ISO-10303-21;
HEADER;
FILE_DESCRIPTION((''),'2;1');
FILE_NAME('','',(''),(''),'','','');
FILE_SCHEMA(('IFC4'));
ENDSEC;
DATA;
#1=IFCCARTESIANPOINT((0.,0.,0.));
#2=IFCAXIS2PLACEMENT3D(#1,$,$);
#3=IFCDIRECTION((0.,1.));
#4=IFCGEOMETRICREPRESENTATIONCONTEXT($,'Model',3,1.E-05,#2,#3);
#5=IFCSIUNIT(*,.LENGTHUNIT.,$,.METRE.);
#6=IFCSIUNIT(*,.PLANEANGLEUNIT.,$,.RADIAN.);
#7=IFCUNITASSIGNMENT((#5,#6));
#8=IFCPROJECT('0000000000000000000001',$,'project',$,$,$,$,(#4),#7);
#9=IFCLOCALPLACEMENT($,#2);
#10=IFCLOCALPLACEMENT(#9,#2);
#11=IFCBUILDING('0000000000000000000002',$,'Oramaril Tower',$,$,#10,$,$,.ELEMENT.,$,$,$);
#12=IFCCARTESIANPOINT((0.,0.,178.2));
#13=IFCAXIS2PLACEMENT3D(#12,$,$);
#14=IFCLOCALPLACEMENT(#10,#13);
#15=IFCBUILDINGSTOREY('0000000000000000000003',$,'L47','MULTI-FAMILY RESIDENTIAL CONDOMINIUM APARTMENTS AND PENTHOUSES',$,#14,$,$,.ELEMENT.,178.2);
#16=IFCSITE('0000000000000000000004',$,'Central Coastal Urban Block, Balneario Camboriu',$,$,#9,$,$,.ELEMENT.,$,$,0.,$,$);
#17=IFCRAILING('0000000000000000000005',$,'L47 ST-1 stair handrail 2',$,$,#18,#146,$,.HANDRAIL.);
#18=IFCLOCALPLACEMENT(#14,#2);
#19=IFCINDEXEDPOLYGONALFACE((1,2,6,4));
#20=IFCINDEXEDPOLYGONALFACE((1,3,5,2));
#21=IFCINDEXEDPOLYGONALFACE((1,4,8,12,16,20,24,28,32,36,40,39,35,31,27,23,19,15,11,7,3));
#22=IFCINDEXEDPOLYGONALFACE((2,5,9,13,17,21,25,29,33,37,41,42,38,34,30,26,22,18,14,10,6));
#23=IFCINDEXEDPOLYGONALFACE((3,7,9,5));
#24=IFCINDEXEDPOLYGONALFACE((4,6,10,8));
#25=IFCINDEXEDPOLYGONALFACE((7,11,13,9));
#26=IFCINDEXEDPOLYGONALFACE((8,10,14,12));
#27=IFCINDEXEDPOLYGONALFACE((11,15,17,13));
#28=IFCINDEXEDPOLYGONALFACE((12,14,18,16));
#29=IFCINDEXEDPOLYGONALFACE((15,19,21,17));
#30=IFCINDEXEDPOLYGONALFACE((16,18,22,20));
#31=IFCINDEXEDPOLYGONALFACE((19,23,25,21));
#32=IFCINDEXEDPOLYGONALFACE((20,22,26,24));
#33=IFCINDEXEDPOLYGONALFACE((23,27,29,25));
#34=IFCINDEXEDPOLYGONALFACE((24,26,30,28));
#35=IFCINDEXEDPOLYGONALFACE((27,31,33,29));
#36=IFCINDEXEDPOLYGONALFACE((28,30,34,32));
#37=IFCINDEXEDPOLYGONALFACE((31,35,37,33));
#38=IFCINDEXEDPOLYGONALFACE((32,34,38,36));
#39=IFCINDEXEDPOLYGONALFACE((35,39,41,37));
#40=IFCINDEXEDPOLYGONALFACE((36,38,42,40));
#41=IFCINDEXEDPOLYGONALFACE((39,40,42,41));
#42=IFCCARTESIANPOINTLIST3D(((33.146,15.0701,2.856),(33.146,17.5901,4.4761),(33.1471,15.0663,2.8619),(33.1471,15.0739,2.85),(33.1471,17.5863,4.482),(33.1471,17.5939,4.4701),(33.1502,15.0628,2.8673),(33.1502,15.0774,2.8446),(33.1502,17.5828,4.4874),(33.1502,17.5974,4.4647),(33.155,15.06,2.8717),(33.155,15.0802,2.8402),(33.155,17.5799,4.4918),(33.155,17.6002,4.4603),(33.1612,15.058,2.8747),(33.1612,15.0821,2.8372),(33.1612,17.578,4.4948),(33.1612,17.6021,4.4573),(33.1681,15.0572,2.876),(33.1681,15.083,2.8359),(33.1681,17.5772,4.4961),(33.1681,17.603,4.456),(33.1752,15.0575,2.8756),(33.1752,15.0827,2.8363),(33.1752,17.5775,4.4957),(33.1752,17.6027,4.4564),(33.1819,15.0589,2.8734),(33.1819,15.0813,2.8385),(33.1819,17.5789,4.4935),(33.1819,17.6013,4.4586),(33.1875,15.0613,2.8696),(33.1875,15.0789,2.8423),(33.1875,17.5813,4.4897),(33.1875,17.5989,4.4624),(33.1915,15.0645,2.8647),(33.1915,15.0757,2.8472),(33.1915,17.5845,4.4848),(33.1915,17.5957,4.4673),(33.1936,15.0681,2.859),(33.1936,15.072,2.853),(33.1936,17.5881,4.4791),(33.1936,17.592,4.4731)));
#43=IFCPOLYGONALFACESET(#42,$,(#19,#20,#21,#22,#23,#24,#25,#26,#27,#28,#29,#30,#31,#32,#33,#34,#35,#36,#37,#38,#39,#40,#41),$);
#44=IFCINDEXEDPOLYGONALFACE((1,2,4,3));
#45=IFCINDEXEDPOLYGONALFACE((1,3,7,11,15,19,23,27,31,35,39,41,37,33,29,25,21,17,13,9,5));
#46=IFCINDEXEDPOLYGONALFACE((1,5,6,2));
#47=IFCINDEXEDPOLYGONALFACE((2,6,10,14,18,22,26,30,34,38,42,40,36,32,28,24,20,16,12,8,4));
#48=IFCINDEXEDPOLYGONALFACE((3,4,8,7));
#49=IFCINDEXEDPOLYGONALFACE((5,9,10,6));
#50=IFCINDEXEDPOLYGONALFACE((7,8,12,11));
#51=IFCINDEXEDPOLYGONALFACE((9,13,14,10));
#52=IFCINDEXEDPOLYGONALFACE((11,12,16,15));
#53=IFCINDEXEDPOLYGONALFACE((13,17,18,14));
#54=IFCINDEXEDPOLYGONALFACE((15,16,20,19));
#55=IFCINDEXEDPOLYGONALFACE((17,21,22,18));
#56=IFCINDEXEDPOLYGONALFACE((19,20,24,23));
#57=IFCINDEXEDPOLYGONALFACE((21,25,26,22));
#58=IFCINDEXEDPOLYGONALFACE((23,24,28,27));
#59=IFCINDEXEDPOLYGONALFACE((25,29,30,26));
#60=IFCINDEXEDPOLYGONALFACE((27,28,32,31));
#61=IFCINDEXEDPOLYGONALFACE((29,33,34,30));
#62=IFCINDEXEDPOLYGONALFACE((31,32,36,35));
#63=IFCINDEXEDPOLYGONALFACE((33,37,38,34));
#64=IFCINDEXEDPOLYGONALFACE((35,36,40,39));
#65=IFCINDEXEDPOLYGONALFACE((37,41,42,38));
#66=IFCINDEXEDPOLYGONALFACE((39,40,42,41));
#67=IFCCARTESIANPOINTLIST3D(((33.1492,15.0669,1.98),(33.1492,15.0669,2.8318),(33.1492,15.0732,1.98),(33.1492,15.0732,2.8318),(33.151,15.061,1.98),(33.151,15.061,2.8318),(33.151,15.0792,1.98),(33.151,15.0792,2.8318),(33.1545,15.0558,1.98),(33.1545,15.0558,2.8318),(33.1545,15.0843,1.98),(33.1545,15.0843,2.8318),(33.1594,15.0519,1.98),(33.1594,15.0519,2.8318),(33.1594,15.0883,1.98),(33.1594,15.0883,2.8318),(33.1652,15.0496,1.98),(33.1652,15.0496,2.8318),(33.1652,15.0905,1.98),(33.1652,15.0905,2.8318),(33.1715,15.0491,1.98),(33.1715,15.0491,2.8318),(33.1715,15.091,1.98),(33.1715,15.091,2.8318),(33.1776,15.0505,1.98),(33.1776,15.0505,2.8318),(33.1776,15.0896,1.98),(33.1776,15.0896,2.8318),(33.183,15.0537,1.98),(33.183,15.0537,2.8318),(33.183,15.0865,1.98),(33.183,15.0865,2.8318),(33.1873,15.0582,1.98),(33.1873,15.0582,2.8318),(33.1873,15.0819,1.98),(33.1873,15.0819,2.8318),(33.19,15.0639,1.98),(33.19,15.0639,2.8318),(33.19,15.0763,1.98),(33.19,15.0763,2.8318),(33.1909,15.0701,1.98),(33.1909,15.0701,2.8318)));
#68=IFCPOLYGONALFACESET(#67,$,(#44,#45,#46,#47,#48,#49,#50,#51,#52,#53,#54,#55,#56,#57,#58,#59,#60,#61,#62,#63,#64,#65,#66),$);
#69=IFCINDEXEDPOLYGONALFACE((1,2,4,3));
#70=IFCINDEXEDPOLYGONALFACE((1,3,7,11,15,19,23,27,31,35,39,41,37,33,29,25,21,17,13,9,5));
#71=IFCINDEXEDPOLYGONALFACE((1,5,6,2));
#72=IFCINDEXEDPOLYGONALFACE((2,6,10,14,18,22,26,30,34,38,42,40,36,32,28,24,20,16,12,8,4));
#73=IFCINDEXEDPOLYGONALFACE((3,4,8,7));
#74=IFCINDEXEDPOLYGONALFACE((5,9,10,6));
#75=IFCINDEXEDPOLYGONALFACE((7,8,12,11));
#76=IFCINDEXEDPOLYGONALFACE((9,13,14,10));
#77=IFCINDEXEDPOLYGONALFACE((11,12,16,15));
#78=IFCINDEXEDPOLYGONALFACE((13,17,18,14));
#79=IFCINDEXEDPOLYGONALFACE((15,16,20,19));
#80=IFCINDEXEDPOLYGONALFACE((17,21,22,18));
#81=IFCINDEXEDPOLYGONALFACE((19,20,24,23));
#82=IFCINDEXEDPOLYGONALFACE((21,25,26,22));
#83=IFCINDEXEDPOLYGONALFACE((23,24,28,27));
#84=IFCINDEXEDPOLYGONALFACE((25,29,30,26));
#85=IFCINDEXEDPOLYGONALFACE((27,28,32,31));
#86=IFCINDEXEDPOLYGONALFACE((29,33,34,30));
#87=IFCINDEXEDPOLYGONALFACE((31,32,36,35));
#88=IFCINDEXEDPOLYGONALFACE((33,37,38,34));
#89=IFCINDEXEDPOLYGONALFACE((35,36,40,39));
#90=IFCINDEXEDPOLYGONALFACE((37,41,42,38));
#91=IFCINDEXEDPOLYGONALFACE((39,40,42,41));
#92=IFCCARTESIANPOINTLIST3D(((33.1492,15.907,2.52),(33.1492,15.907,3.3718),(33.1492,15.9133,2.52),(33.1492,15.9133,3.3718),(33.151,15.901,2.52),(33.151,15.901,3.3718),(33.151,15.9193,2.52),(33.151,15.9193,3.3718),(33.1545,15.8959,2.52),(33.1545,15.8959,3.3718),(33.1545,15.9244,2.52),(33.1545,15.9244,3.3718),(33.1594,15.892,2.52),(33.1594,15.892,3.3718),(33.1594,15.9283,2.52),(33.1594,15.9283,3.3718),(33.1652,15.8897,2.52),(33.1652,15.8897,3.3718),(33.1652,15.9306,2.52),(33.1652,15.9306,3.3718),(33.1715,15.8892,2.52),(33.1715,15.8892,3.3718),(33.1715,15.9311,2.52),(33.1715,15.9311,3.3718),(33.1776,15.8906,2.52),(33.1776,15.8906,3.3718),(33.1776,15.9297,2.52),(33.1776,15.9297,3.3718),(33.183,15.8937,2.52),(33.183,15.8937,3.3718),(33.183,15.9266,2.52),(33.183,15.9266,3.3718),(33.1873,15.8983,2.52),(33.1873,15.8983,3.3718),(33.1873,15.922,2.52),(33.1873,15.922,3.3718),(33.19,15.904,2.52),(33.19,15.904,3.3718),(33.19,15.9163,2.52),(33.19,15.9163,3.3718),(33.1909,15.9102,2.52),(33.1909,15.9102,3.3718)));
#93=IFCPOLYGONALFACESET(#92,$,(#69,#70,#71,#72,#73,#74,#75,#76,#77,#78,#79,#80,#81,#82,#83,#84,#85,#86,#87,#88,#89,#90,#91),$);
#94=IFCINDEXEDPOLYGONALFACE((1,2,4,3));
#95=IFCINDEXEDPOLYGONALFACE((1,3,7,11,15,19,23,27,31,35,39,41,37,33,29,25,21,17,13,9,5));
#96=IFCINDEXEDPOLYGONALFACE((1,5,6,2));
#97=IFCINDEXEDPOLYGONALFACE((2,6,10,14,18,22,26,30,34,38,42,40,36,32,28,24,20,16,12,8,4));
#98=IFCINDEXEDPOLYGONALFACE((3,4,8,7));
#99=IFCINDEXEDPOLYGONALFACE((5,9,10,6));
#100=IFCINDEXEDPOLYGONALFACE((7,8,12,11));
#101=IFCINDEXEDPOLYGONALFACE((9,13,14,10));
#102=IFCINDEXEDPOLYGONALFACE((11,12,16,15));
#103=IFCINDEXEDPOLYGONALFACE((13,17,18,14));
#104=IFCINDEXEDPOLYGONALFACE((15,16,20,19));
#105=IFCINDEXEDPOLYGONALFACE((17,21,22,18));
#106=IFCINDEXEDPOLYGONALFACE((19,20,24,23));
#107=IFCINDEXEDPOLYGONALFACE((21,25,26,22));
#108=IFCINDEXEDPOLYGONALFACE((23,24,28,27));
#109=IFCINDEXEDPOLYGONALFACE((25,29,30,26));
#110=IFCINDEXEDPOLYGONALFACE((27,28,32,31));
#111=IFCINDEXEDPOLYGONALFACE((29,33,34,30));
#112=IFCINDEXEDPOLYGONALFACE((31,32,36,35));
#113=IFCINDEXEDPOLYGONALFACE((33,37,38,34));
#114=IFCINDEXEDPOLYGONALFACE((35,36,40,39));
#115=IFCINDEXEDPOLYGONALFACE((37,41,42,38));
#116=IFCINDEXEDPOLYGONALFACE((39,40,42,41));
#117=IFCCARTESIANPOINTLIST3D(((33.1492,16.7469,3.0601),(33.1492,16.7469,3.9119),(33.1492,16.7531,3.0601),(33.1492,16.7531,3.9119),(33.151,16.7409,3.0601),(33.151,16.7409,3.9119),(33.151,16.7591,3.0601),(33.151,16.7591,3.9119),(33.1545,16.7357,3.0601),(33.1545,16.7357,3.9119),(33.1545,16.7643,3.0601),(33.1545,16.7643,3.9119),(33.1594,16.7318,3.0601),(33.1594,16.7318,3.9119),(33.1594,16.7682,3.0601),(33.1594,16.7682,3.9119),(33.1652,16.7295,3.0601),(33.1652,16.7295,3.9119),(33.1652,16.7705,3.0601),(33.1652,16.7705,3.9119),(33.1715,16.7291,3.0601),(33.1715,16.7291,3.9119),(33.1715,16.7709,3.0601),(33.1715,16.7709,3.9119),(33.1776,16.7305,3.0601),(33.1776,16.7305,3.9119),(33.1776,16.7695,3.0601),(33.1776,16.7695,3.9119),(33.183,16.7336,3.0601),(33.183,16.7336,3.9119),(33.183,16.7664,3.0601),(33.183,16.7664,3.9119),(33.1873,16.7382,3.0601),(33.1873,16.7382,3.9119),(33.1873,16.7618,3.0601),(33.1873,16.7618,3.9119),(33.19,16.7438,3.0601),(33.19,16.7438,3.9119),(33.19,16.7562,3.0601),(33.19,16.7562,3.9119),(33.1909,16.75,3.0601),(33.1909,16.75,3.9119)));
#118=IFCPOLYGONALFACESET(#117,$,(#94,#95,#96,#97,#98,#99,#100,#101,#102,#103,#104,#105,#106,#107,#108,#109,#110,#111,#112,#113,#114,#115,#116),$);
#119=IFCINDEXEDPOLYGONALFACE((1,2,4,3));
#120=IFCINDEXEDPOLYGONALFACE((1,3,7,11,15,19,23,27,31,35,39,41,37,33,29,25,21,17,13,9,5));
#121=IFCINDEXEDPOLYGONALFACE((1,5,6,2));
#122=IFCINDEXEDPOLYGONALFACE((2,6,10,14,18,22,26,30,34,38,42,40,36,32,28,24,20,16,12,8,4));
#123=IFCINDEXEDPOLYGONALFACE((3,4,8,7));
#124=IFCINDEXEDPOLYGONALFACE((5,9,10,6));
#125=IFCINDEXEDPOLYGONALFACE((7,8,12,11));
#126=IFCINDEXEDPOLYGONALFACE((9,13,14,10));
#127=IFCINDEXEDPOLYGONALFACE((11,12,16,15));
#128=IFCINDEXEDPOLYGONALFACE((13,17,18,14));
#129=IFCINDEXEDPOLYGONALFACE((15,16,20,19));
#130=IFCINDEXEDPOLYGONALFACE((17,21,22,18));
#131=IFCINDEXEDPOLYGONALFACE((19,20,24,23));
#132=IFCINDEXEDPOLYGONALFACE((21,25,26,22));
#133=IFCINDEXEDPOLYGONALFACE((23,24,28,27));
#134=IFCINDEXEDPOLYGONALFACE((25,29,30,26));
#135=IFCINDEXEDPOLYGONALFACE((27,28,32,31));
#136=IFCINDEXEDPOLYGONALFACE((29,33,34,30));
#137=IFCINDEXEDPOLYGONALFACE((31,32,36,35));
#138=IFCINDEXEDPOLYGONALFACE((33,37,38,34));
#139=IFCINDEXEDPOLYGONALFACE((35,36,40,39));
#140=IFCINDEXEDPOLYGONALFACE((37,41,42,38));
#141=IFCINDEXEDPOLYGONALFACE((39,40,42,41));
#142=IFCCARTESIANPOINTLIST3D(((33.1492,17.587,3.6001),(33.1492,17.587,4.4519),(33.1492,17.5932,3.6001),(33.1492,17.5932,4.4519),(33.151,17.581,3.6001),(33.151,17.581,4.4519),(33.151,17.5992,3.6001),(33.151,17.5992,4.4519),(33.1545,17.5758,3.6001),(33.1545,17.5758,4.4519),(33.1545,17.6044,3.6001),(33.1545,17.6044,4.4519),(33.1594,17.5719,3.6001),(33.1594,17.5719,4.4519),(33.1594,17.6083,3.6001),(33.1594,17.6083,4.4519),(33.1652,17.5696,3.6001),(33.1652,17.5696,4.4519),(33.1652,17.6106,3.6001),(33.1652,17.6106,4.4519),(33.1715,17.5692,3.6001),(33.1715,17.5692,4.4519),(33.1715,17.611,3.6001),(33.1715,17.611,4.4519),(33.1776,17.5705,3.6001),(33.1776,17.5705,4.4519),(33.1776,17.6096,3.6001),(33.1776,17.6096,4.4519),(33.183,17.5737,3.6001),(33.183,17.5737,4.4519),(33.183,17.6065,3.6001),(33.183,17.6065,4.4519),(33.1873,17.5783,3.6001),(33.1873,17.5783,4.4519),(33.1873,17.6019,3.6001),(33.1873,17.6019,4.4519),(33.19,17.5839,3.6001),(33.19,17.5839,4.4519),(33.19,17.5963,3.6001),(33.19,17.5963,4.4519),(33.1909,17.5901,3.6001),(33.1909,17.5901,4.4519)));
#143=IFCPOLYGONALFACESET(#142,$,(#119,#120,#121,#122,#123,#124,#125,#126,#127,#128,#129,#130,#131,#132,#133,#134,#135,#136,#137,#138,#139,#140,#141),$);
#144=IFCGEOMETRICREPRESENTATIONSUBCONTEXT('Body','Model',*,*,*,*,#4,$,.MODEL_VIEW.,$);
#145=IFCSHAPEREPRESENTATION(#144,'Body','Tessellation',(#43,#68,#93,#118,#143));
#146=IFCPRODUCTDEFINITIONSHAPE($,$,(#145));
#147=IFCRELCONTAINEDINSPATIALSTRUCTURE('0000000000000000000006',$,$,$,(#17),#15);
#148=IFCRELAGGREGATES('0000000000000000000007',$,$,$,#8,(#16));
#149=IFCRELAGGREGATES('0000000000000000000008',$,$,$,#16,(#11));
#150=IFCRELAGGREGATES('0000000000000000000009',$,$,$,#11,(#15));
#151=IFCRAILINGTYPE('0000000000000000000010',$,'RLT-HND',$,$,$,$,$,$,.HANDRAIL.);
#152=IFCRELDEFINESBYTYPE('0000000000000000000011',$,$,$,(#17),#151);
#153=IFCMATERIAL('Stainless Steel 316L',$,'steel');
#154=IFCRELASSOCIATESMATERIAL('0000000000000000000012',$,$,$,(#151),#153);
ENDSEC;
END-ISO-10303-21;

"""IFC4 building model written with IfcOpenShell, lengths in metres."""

from ifc_helpers import new_model, si_unit, direction, frame, origin, origin_2d, place, context, subcontext, project, spatial, circle, extrude, material, type_object, element, save


model = new_model("IFC4")

# Units and contexts
model_context = context("Model", 3, precision=1e-05, world=origin(), true_north=direction((0.0, 1.0)))
body_context = subcontext(model_context, "Body", "Model", "MODEL_VIEW")
ifc_project = project(units=[si_unit("LENGTHUNIT", "METRE"), si_unit("PLANEANGLEUNIT", "RADIAN")], contexts=[model_context])

# Site, building, storey
site_placement = place(None, origin())
site = spatial("IfcSite", under=ifc_project, at=site_placement, Name="Central Coastal Urban Block, Balneario Camboriu", CompositionType="ELEMENT", RefElevation=0.0)
building_placement = place(site_placement, origin())
building = spatial("IfcBuilding", under=site, at=building_placement, Name="Oramaril Tower", CompositionType="ELEMENT")
storey_placement = place(building_placement, frame((0.0, 0.0, 178.2)))
storey = spatial("IfcBuildingStorey", under=building, at=storey_placement, Name="L47", Description="MULTI-FAMILY RESIDENTIAL CONDOMINIUM APARTMENTS AND PENTHOUSES", CompositionType="ELEMENT", Elevation=178.2)

# Railing
ifc_material_1 = material(Name="Stainless Steel 316L", Category="steel")
railing_type_1 = type_object("IfcRailingType", Name="RLT-HND", PredefinedType="HANDRAIL", material=ifc_material_1)
railing_1_placement = place(storey_placement, frame((33.1699, 15.0701, 1.98)))
element("IfcRailing", 1, at=railing_1_placement, inside=storey, type_object=railing_type_1, Name="L47 ST-1 stair handrail 2", PredefinedType="HANDRAIL", context=body_context, shape_type="SweptSolid", body=[
    extrude(circle(Radius=0.0239, at=origin_2d()), frame((0.0, 0.0, 0.876), z_axis=(0.0, 0.841163, 0.540782), x_axis=(-1.0, 0.0, 0.0)), (0.0, 0.0, 1.0), 2.9958),
    extrude(circle(Radius=0.021, at=origin_2d()), origin(), (0.0, 0.0, 1.0), 0.8518),
    extrude(circle(Radius=0.021, at=origin_2d()), frame((0.0, 0.8401, 0.54)), (0.0, 0.0, 1.0), 0.8518),
    extrude(circle(Radius=0.021, at=origin_2d()), frame((0.0, 1.6799, 1.0801)), (0.0, 0.0, 1.0), 0.8518),
    extrude(circle(Radius=0.021, at=origin_2d()), frame((0.0, 2.52, 1.6201)), (0.0, 0.0, 1.0), 0.8518),
])

save(model, "model.ifc")
